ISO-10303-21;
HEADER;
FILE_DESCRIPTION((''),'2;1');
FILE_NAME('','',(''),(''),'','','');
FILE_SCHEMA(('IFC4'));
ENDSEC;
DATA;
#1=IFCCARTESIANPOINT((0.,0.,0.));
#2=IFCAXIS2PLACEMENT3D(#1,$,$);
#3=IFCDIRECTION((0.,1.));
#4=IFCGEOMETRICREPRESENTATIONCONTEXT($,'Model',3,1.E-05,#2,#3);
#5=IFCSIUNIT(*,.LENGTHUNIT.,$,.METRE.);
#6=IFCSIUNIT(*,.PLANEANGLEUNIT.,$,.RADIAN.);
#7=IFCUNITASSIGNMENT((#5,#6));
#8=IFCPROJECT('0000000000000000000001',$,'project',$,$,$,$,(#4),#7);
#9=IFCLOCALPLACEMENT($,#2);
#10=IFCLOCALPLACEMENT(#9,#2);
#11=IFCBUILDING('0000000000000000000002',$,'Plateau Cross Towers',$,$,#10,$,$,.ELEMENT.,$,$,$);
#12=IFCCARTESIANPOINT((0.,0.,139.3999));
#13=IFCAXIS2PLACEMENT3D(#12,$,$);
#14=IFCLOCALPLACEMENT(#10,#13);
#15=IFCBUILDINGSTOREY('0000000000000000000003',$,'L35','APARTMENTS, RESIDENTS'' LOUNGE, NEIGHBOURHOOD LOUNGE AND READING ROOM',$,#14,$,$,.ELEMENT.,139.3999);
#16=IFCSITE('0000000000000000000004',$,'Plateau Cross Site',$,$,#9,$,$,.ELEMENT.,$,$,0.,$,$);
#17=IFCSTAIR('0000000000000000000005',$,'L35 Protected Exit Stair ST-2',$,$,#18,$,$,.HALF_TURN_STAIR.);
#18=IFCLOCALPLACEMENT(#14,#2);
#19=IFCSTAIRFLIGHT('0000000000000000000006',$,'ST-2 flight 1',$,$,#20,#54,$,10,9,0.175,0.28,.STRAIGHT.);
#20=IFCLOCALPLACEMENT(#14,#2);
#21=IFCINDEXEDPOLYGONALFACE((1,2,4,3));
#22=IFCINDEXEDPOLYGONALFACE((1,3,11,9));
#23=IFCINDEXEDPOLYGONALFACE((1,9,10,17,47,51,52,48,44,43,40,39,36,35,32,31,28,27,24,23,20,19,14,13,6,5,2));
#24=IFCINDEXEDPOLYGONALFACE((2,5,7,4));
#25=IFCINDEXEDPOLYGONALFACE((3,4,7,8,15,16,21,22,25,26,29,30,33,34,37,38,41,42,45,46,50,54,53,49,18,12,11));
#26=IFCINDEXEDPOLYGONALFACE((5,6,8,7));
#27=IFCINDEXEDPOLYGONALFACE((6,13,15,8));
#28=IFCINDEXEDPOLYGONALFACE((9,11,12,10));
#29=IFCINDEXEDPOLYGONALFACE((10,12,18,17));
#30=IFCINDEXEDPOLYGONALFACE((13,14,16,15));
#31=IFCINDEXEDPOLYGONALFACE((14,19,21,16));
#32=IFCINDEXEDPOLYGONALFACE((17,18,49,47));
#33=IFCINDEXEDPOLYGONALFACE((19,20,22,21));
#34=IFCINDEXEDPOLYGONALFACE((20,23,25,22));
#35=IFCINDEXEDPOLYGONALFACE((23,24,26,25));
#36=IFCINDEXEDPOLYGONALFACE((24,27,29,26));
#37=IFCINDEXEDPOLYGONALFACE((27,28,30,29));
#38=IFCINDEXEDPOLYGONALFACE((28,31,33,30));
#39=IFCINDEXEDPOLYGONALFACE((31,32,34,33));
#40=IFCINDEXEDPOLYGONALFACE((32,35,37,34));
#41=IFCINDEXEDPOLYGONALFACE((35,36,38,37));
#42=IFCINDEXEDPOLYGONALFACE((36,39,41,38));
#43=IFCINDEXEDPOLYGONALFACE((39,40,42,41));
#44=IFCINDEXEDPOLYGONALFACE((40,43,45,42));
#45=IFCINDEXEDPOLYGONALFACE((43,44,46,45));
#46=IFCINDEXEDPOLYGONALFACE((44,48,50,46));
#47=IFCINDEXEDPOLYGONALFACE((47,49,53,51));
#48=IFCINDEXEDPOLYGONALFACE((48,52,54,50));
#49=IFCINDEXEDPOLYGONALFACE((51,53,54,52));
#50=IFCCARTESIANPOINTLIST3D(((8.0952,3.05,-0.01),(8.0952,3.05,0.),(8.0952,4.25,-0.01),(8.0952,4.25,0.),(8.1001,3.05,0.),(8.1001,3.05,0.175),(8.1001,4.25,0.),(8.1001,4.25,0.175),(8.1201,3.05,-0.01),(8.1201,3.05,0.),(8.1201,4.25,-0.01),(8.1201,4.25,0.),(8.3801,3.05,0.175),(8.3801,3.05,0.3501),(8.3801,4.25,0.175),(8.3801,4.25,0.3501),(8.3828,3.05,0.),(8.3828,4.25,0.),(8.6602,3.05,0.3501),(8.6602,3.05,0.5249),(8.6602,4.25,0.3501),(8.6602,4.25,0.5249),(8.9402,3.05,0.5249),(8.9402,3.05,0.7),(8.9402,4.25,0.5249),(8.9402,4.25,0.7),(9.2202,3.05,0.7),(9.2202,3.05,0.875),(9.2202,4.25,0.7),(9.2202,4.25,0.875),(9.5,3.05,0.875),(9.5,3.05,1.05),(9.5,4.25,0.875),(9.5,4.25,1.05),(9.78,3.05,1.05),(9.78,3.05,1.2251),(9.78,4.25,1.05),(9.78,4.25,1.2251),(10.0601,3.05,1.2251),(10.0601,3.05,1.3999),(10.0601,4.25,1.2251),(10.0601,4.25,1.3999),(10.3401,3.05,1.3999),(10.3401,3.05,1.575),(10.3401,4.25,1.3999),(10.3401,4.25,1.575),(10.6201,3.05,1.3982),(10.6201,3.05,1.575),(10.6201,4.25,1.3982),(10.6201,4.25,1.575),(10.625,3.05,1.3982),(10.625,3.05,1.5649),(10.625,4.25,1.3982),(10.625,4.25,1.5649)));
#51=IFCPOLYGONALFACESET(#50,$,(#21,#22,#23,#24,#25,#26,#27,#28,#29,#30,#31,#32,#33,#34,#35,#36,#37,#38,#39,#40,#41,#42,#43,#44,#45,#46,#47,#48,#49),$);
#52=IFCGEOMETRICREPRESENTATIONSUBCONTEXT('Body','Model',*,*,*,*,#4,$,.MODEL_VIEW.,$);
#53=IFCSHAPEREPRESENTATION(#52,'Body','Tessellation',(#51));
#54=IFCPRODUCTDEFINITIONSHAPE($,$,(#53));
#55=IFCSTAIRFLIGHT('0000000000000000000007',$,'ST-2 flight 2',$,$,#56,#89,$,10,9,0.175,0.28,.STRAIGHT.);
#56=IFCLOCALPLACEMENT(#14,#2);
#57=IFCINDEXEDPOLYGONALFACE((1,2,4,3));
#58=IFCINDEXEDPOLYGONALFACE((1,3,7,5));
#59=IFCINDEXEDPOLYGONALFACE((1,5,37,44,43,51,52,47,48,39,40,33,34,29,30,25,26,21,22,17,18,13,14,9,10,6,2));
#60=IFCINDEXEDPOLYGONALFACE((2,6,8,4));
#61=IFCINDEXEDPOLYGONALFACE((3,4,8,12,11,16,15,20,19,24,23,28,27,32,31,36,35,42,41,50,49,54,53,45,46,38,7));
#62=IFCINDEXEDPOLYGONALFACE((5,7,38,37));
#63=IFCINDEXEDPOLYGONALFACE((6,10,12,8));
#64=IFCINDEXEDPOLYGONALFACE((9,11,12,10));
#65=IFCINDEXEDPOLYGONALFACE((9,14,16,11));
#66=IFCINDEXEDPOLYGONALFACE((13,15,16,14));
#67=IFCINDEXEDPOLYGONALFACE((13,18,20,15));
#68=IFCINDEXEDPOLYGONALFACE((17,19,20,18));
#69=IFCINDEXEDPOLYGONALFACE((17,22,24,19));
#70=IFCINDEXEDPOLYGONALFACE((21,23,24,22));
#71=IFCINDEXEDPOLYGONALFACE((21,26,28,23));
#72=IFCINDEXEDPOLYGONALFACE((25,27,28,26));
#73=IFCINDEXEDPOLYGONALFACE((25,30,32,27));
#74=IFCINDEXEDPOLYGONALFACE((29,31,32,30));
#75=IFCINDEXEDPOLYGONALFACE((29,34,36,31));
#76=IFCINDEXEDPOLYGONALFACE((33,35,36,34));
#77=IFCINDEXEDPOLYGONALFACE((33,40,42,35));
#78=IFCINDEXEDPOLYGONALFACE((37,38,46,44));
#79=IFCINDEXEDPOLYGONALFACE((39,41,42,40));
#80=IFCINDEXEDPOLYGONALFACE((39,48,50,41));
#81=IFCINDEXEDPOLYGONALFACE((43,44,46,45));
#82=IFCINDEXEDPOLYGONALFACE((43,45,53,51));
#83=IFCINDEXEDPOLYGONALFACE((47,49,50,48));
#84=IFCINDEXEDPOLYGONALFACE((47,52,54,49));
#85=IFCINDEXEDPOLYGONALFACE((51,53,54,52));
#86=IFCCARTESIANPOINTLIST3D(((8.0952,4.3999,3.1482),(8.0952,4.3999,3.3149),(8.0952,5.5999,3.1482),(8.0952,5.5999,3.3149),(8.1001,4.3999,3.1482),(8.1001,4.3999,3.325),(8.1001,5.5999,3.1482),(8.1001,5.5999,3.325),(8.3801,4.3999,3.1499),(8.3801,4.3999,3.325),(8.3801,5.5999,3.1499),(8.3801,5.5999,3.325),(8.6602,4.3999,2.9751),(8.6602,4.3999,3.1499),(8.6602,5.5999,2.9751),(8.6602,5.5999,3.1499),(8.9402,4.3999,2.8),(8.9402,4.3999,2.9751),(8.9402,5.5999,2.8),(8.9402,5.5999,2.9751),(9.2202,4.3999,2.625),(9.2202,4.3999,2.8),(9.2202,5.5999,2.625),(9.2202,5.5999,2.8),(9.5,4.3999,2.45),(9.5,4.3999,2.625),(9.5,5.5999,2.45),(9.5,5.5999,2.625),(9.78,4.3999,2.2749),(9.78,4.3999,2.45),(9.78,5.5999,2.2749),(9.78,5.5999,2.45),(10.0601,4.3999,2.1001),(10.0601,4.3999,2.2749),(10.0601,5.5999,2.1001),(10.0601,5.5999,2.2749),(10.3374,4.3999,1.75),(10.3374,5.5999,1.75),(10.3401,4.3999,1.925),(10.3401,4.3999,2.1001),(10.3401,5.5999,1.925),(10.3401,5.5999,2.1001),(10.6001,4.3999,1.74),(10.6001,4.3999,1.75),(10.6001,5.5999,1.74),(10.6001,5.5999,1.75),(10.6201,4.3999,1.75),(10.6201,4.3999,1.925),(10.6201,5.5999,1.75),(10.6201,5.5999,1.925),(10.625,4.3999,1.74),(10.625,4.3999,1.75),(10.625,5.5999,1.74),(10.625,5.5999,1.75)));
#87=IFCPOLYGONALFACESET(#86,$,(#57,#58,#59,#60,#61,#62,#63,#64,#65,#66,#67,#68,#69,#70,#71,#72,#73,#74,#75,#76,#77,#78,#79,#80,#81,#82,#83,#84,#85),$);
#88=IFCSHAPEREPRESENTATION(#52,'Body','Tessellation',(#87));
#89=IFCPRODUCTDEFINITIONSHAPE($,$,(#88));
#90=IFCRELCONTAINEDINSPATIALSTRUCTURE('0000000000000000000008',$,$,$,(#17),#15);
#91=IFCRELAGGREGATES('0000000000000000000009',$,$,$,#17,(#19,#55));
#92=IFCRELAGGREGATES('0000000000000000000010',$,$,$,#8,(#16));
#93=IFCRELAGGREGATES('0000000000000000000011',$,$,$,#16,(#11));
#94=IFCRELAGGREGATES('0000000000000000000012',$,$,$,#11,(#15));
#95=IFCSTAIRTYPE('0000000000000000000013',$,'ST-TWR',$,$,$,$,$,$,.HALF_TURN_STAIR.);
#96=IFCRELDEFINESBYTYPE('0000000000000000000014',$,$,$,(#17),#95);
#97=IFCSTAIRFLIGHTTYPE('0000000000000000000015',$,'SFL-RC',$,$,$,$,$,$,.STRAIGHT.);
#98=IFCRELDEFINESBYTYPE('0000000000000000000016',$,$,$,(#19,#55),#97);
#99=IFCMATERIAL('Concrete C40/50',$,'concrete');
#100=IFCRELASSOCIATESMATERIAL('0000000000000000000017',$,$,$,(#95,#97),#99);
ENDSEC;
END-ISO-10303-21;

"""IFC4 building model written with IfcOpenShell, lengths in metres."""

from ifc_helpers import new_model, si_unit, direction, frame, origin, place, context, subcontext, project, spatial, polyline, outline, extrude, material, type_object, element, aggregate, save


model = new_model("IFC4")

# Units and contexts
model_context = context("Model", 3, precision=1e-05, world=origin(), true_north=direction((0.0, 1.0)))
body_context = subcontext(model_context, "Body", "Model", "MODEL_VIEW")
ifc_project = project(units=[si_unit("LENGTHUNIT", "METRE"), si_unit("PLANEANGLEUNIT", "RADIAN")], contexts=[model_context])

# Site, building, storey
site_placement = place(None, origin())
site = spatial("IfcSite", under=ifc_project, at=site_placement, Name="Plateau Cross Site", CompositionType="ELEMENT", RefElevation=0.0)
building_placement = place(site_placement, origin())
building = spatial("IfcBuilding", under=site, at=building_placement, Name="Plateau Cross Towers", CompositionType="ELEMENT")
storey_placement = place(building_placement, frame((0.0, 0.0, 139.3999)))
storey = spatial("IfcBuildingStorey", under=building, at=storey_placement, Name="L35", Description="APARTMENTS, RESIDENTS' LOUNGE, NEIGHBOURHOOD LOUNGE AND READING ROOM", CompositionType="ELEMENT", Elevation=139.3999)

# Stair, stair flights
ifc_material_1 = material(Name="Concrete C40/50", Category="concrete")
stair_type = type_object("IfcStairType", Name="ST-TWR", PredefinedType="HALF_TURN_STAIR", material=ifc_material_1)
stair_placement = place(storey_placement, origin())
stair = element("IfcStair", 1, at=stair_placement, inside=storey, type_object=stair_type, Name="L35 Protected Exit Stair ST-2", PredefinedType="HALF_TURN_STAIR")
stair_flight_type = type_object("IfcStairFlightType", Name="SFL-RC", PredefinedType="STRAIGHT", material=ifc_material_1)
stair_flight_1_placement = place(storey_placement, frame((8.1001, 3.6499, 0.0), z_axis=(0.0, 0.0, 1.0), x_axis=(1.0, 0.0, 0.0)))
stair_flight_1 = element("IfcStairFlight", 2, at=stair_flight_1_placement, type_object=stair_flight_type, Name="ST-2 flight 1", NumberOfRisers=10, NumberOfTreads=9, PredefinedType="STRAIGHT", RiserHeight=0.175, TreadLength=0.28, context=body_context, shape_type="SweptSolid", body=[
    extrude(outline(polyline([(-0.0049, -0.01), (-0.0049, 0.0), (0.0, 0.0), (0.0, 0.175), (0.28, 0.175), (0.28, 0.3501), (0.5601, 0.3501), (0.5601, 0.5249), (0.8401, 0.5249), (0.8401, 0.7), (1.1201, 0.7), (1.1201, 0.875), (1.3999, 0.875), (1.3999, 1.05), (1.6799, 1.05), (1.6799, 1.2251), (1.96, 1.2251), (1.96, 1.3999), (2.24, 1.3999), (2.24, 1.575), (2.52, 1.575), (2.5249, 1.5649), (2.5249, 1.3982), (2.52, 1.3982), (0.2827, 0.0), (0.02, 0.0), (0.02, -0.01), (-0.0049, -0.01)])), frame((0.0, 0.6001, 0.0), z_axis=(0.0, -1.0, 0.0), x_axis=(1.0, 0.0, 0.0)), (0.0, 0.0, 1.0), 1.2),
])
stair_flight_2_placement = place(storey_placement, frame((10.6201, 5.0, 1.75), z_axis=(0.0, 0.0, 1.0), x_axis=(-1.0, 0.0, 0.0)))
stair_flight_2 = element("IfcStairFlight", 3, at=stair_flight_2_placement, type_object=stair_flight_type, Name="ST-2 flight 2", NumberOfRisers=10, NumberOfTreads=9, PredefinedType="STRAIGHT", RiserHeight=0.175, TreadLength=0.28, context=body_context, shape_type="SweptSolid", body=[
    extrude(outline(polyline([(-0.0049, -0.01), (-0.0049, 0.0), (0.0, 0.0), (0.0, 0.175), (0.28, 0.175), (0.28, 0.3501), (0.5601, 0.3501), (0.5601, 0.5249), (0.8401, 0.5249), (0.8401, 0.7), (1.1201, 0.7), (1.1201, 0.875), (1.3999, 0.875), (1.3999, 1.05), (1.6799, 1.05), (1.6799, 1.2251), (1.96, 1.2251), (1.96, 1.3999), (2.24, 1.3999), (2.24, 1.575), (2.52, 1.575), (2.5249, 1.5649), (2.5249, 1.3982), (2.52, 1.3982), (0.2827, 0.0), (0.02, 0.0), (0.02, -0.01), (-0.0049, -0.01)])), frame((0.0, 0.6001, 0.0), z_axis=(0.0, -1.0, 0.0), x_axis=(1.0, 0.0, 0.0)), (0.0, 0.0, 1.0), 1.2),
])
aggregate(stair, [stair_flight_1, stair_flight_2])

save(model, "model.ifc")
